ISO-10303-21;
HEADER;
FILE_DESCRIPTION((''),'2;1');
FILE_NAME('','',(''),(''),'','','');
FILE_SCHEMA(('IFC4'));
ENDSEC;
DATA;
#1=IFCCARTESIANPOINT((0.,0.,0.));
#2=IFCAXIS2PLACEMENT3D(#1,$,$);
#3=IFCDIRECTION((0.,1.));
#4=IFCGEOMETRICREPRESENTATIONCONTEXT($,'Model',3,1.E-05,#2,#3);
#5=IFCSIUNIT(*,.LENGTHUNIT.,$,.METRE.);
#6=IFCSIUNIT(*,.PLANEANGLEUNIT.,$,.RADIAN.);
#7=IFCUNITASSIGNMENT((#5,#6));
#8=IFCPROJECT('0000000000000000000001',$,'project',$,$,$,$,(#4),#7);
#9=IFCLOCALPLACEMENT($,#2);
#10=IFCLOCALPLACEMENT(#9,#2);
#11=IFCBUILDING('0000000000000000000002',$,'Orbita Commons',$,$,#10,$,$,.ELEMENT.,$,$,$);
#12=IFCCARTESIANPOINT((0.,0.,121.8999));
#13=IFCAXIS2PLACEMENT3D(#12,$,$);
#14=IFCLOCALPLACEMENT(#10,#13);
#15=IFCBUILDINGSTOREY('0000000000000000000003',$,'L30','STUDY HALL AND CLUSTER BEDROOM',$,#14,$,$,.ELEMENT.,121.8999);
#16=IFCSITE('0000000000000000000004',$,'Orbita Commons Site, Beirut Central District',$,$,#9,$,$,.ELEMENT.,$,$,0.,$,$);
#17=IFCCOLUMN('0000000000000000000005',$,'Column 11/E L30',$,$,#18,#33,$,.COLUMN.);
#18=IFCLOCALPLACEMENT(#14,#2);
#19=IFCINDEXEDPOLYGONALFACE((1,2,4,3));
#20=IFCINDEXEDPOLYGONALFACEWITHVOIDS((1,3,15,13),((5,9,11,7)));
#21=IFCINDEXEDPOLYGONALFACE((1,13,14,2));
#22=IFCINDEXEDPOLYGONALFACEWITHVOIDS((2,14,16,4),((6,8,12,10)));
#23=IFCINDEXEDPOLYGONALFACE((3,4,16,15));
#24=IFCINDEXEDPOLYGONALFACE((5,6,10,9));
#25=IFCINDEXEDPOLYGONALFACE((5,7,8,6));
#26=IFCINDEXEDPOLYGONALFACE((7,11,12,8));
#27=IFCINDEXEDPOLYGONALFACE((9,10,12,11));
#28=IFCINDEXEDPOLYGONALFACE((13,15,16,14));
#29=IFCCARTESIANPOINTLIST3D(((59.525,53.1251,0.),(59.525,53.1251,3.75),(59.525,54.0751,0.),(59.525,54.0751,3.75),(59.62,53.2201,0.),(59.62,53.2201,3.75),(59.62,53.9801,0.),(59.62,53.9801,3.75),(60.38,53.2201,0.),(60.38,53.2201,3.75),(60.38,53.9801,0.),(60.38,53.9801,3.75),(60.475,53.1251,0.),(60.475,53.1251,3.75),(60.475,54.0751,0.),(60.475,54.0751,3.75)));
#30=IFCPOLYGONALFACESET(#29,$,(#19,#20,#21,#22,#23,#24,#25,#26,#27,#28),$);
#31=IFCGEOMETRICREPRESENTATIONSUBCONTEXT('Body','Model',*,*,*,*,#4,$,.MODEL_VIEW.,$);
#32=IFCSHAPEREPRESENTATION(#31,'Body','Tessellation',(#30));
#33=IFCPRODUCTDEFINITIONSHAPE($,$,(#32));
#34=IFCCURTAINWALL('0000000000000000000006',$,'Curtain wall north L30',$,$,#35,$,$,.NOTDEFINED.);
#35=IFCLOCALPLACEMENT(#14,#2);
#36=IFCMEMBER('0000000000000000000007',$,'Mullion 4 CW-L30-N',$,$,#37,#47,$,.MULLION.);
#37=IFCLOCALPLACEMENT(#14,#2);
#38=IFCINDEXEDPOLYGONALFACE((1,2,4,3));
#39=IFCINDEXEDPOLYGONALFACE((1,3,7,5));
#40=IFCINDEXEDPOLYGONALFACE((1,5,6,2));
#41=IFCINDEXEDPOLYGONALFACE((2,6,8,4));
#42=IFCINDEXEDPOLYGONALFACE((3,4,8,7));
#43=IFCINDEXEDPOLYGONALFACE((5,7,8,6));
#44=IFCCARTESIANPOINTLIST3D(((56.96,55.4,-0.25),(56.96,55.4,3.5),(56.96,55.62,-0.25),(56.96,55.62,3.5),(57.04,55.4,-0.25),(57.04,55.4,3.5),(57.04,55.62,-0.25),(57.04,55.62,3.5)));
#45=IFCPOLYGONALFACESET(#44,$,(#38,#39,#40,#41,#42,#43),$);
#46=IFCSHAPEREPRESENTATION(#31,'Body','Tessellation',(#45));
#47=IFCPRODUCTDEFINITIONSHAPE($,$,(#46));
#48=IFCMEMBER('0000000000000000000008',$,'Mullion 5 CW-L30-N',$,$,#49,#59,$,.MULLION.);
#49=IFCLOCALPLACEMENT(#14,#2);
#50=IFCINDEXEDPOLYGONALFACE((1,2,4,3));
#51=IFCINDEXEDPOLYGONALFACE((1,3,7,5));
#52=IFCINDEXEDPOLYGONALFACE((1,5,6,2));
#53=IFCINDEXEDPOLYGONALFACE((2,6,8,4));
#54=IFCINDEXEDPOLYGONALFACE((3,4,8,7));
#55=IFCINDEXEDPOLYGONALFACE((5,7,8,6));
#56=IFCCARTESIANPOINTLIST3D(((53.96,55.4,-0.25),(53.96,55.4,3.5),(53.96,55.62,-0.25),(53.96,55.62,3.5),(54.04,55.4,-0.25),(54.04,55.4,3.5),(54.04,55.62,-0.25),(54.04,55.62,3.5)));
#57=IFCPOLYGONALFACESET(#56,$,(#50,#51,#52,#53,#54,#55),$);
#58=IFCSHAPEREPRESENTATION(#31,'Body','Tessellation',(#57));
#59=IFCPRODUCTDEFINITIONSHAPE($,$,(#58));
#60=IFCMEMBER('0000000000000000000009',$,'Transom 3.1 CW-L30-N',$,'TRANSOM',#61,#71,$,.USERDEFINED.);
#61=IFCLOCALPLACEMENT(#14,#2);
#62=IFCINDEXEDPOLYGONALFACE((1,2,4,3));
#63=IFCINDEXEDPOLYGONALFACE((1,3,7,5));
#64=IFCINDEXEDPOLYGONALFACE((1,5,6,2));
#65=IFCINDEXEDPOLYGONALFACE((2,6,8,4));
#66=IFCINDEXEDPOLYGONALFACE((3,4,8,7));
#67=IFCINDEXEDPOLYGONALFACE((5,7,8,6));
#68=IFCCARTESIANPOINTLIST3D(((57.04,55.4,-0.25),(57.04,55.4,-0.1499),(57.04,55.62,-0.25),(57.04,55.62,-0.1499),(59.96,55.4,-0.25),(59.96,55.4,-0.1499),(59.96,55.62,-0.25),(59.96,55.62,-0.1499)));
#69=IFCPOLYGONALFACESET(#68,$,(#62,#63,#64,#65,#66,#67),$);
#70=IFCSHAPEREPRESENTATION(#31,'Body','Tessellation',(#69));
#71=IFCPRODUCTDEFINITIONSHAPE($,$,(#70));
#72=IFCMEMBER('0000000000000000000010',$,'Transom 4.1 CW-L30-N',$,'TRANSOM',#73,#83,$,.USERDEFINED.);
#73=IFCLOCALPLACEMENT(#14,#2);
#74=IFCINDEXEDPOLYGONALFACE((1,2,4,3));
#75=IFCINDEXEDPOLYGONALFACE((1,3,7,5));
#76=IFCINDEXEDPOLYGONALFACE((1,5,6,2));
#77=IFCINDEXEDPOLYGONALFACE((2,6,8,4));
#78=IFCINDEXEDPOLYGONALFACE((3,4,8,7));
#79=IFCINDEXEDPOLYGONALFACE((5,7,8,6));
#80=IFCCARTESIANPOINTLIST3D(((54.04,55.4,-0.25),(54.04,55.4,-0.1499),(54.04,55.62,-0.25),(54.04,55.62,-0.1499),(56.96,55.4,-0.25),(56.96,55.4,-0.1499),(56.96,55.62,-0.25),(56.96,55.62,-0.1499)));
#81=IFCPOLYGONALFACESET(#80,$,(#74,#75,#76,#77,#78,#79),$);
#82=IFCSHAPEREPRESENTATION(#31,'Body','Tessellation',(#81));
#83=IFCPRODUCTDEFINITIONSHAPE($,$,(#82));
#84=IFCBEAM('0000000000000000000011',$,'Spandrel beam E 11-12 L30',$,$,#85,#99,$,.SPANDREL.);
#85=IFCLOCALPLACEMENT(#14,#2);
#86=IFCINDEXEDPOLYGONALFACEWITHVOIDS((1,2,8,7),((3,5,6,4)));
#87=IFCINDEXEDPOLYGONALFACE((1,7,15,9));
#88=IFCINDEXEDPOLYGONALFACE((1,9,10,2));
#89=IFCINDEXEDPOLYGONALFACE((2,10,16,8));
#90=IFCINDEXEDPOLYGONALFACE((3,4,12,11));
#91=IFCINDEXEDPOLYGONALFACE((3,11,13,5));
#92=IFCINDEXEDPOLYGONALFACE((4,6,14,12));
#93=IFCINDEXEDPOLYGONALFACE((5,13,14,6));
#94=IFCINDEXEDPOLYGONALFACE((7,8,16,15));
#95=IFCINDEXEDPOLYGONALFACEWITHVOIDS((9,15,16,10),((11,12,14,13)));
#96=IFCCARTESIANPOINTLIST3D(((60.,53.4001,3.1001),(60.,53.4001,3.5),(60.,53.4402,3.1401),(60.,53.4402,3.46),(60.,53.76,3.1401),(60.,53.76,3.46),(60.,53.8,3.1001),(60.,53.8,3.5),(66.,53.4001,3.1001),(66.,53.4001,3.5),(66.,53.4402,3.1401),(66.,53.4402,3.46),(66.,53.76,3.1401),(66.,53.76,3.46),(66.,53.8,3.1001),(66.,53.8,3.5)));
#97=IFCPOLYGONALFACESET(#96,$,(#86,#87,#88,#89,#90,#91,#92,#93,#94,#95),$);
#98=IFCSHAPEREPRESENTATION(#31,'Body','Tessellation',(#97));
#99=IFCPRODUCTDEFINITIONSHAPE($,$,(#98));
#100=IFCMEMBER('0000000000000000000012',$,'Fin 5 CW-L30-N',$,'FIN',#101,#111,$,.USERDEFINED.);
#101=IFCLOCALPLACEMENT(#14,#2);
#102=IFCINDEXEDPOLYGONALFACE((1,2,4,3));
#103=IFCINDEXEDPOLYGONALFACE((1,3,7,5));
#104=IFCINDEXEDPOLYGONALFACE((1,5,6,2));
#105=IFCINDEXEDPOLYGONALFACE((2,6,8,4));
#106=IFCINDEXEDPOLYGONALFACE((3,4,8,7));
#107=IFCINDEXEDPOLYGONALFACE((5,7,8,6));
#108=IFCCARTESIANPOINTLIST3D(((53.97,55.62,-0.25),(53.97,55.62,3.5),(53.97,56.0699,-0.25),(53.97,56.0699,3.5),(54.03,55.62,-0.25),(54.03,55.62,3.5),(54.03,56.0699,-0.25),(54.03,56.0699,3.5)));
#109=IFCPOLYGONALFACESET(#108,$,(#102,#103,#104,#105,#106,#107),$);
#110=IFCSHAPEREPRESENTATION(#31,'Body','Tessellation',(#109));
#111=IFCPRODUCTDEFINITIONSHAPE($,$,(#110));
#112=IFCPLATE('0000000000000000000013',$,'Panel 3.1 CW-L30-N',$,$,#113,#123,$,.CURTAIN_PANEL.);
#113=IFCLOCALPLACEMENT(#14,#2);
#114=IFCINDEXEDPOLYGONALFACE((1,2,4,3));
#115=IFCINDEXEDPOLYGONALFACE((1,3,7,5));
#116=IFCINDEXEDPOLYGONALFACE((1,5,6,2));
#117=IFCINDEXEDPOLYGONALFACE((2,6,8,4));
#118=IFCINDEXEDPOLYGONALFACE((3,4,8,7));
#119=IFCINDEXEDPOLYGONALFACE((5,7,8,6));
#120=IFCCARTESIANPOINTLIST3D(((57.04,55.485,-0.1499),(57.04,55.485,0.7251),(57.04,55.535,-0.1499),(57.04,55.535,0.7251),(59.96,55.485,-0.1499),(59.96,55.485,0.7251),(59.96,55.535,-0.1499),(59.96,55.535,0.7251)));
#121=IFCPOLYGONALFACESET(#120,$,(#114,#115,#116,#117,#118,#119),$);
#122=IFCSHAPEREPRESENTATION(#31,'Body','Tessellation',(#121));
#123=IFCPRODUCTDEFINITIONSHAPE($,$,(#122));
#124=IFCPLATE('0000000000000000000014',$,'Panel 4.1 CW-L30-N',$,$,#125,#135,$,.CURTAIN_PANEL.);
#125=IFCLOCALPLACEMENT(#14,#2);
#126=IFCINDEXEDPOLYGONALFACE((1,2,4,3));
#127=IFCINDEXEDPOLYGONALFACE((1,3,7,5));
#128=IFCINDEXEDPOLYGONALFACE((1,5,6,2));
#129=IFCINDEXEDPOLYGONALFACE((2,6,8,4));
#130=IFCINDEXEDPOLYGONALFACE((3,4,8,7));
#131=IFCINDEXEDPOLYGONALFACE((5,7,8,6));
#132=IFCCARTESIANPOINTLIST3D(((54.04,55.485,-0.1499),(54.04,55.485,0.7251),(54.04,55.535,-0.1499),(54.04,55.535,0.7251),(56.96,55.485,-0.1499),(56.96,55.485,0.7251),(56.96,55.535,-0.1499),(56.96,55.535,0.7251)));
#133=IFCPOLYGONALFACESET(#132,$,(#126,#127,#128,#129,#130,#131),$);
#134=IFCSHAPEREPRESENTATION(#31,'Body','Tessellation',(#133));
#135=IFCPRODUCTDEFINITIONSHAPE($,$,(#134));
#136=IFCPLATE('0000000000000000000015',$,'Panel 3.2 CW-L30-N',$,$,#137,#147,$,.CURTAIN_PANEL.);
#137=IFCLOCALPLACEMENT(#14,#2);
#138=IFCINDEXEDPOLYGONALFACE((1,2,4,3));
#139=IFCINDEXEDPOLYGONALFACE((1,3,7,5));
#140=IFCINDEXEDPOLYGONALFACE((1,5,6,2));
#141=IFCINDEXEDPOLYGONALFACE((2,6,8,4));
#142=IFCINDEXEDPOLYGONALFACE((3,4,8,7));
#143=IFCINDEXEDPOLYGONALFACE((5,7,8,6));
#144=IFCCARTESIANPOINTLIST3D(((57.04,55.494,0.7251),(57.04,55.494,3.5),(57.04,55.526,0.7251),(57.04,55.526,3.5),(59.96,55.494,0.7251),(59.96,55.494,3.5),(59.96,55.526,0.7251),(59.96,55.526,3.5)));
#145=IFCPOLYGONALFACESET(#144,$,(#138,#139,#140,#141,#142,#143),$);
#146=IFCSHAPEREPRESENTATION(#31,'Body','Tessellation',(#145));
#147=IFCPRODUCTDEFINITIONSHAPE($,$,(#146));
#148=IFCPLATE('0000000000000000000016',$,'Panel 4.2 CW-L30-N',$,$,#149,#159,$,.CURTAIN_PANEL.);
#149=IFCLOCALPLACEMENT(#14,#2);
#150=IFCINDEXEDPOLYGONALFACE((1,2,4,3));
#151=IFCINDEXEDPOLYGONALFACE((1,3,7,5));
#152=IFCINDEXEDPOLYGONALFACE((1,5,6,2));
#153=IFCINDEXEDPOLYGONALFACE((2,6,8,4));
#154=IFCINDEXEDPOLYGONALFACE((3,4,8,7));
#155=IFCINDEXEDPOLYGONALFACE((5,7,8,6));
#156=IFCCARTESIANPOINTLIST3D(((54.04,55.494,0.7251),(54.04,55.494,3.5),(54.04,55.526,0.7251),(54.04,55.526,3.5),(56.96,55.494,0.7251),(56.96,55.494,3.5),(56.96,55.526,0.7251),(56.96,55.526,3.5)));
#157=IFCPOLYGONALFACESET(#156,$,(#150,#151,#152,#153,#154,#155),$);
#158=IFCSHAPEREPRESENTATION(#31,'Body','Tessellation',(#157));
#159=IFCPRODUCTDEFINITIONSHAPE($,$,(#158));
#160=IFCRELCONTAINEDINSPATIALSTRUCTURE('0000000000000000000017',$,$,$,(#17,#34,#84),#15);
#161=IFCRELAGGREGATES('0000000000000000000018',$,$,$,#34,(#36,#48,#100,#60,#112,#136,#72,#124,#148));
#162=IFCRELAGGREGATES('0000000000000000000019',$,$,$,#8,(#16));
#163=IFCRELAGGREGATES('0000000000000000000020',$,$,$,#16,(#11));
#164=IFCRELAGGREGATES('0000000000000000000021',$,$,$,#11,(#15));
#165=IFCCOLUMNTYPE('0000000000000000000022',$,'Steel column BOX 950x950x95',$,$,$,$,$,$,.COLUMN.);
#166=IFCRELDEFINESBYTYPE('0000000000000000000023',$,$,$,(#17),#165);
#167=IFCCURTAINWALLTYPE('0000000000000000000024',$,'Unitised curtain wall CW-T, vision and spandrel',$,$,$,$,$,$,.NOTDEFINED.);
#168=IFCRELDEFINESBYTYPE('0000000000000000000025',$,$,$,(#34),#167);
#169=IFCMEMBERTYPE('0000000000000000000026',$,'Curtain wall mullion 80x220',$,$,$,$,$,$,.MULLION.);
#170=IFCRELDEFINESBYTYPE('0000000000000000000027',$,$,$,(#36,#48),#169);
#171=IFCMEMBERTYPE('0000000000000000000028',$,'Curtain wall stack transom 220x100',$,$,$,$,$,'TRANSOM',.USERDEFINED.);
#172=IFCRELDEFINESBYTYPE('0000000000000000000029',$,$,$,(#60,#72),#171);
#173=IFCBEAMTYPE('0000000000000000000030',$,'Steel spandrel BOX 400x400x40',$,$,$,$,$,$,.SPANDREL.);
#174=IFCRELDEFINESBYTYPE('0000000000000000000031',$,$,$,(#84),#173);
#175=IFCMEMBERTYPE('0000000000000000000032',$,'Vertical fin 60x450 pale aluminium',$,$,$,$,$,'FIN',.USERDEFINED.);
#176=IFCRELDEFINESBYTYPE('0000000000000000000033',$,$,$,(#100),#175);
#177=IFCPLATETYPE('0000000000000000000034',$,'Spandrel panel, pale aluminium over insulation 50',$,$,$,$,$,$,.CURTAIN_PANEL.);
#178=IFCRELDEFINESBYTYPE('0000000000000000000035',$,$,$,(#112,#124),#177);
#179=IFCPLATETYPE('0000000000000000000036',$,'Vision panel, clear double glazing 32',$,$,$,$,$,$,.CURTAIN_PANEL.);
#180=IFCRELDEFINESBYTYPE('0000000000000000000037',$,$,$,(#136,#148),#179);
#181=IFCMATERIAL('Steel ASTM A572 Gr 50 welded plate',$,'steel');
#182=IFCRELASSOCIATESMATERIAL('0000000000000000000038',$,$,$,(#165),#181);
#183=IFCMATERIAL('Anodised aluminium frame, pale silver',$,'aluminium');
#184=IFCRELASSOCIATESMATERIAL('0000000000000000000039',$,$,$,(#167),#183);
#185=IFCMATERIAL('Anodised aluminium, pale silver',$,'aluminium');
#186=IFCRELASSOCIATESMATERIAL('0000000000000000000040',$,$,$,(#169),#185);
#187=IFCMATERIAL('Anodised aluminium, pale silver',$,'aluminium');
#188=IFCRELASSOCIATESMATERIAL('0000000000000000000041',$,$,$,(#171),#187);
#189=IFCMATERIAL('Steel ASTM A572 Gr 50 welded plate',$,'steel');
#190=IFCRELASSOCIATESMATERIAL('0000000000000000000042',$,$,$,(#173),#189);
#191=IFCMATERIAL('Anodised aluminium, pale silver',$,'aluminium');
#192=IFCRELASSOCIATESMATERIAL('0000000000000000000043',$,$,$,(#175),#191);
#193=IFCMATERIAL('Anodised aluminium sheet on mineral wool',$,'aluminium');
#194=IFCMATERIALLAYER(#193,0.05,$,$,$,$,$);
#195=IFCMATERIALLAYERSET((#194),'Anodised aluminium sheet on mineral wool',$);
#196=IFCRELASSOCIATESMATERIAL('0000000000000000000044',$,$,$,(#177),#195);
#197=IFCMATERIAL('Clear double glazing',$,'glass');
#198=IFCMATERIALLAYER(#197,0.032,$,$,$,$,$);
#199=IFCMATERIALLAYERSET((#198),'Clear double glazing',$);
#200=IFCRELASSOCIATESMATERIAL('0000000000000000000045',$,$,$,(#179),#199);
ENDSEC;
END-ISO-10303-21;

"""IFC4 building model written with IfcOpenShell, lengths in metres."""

from ifc_helpers import new_model, si_unit, direction, frame, origin, origin_2d, place, context, subcontext, project, spatial, rectangle, hollow_rectangle, extrude, material, layer, layer_set, material_profile, profile_set, type_object, element, aggregate, save


model = new_model("IFC4")

# Units and contexts
model_context = context("Model", 3, precision=1e-05, world=origin(), true_north=direction((0.0, 1.0)))
body_context = subcontext(model_context, "Body", "Model", "MODEL_VIEW")
ifc_project = project(units=[si_unit("LENGTHUNIT", "METRE"), si_unit("PLANEANGLEUNIT", "RADIAN")], contexts=[model_context])

# Site, building, storey
site_placement = place(None, origin())
site = spatial("IfcSite", under=ifc_project, at=site_placement, Name="Orbita Commons Site, Beirut Central District", CompositionType="ELEMENT", RefElevation=0.0)
building_placement = place(site_placement, origin())
building = spatial("IfcBuilding", under=site, at=building_placement, Name="Orbita Commons", CompositionType="ELEMENT")
storey_placement = place(building_placement, frame((0.0, 0.0, 121.8999)))
storey = spatial("IfcBuildingStorey", under=building, at=storey_placement, Name="L30", Description="STUDY HALL AND CLUSTER BEDROOM", CompositionType="ELEMENT", Elevation=121.8999)

# Column
ifc_material_1 = material(Name="Steel ASTM A572 Gr 50 welded plate", Category="steel")
ifc_material_profile_1 = material_profile(ifc_material_1, hollow_rectangle(XDim=0.95, YDim=0.95, WallThickness=0.095, at=origin_2d()), Name="BOX 950x950x95")
ifc_profile_set_1 = profile_set([ifc_material_profile_1], Name="Steel ASTM A572 Gr 50 welded plate")
column_type = type_object("IfcColumnType", Name="Steel column BOX 950x950x95", PredefinedType="COLUMN", material=ifc_profile_set_1)
column_placement = place(storey_placement, frame((60.0, 53.6001, 0.0), z_axis=(0.0, 0.0, 1.0), x_axis=(1.0, 0.0, 0.0)))
element("IfcColumn", 1, at=column_placement, inside=storey, type_object=column_type, Name="Column 11/E L30", PredefinedType="COLUMN", context=body_context, shape_type="SweptSolid", body=[
    extrude(hollow_rectangle(XDim=0.95, YDim=0.95, WallThickness=0.095, at=origin_2d()), origin(), (0.0, 0.0, 1.0), 3.75),
])

# Curtain wall, members
ifc_material_2 = material(Name="Anodised aluminium frame, pale silver", Category="aluminium")
curtain_wall_type = type_object("IfcCurtainWallType", Name="Unitised curtain wall CW-T, vision and spandrel", PredefinedType="NOTDEFINED", material=ifc_material_2)
curtain_wall_placement = place(storey_placement, origin())
curtain_wall = element("IfcCurtainWall", 2, at=curtain_wall_placement, inside=storey, type_object=curtain_wall_type, Name="Curtain wall north L30", PredefinedType="NOTDEFINED")
ifc_material_3 = material(Name="Anodised aluminium, pale silver", Category="aluminium")
ifc_material_profile_2 = material_profile(ifc_material_3, rectangle(XDim=0.0801, YDim=0.22, at=origin_2d()), Name="AL 80x220")
ifc_profile_set_2 = profile_set([ifc_material_profile_2], Name="Anodised aluminium, pale silver")
member_type_1 = type_object("IfcMemberType", Name="Curtain wall mullion 80x220", PredefinedType="MULLION", material=ifc_profile_set_2)
member_1_placement = place(storey_placement, frame((57.0, 55.51, -0.25), z_axis=(0.0, 0.0, 1.0), x_axis=(-1.0, 0.0, 0.0)))
member_1 = element("IfcMember", 3, at=member_1_placement, type_object=member_type_1, Name="Mullion 4 CW-L30-N", PredefinedType="MULLION", context=body_context, shape_type="SweptSolid", body=[
    extrude(rectangle(XDim=0.0801, YDim=0.22, at=origin_2d()), origin(), (0.0, 0.0, 1.0), 3.75),
])
member_2_placement = place(storey_placement, frame((54.0, 55.51, -0.25), z_axis=(0.0, 0.0, 1.0), x_axis=(-1.0, 0.0, 0.0)))
member_2 = element("IfcMember", 4, at=member_2_placement, type_object=member_type_1, Name="Mullion 5 CW-L30-N", PredefinedType="MULLION", context=body_context, shape_type="SweptSolid", body=[
    extrude(rectangle(XDim=0.0801, YDim=0.22, at=origin_2d()), origin(), (0.0, 0.0, 1.0), 3.75),
])
ifc_material_4 = material(Name="Anodised aluminium, pale silver", Category="aluminium")
ifc_material_profile_3 = material_profile(ifc_material_4, rectangle(XDim=0.22, YDim=0.1001, at=origin_2d()), Name="AL 220x100")
ifc_profile_set_3 = profile_set([ifc_material_profile_3], Name="Anodised aluminium, pale silver")
member_type_2 = type_object("IfcMemberType", Name="Curtain wall stack transom 220x100", ElementType="TRANSOM", PredefinedType="USERDEFINED", material=ifc_profile_set_3)
member_3_placement = place(storey_placement, frame((59.96, 55.51, -0.2), z_axis=(-1.0, 0.0, 0.0), x_axis=(0.0, -1.0, 0.0)))
member_3 = element("IfcMember", 5, at=member_3_placement, type_object=member_type_2, Name="Transom 3.1 CW-L30-N", ObjectType="TRANSOM", PredefinedType="USERDEFINED", context=body_context, shape_type="SweptSolid", body=[
    extrude(rectangle(XDim=0.22, YDim=0.1001, at=origin_2d()), origin(), (0.0, 0.0, 1.0), 2.9199),
])
member_4_placement = place(storey_placement, frame((56.96, 55.51, -0.2), z_axis=(-1.0, 0.0, 0.0), x_axis=(0.0, -1.0, 0.0)))
member_4 = element("IfcMember", 6, at=member_4_placement, type_object=member_type_2, Name="Transom 4.1 CW-L30-N", ObjectType="TRANSOM", PredefinedType="USERDEFINED", context=body_context, shape_type="SweptSolid", body=[
    extrude(rectangle(XDim=0.22, YDim=0.1001, at=origin_2d()), origin(), (0.0, 0.0, 1.0), 2.9199),
])

# Beam
ifc_material_5 = material(Name="Steel ASTM A572 Gr 50 welded plate", Category="steel")
ifc_material_profile_4 = material_profile(ifc_material_5, hollow_rectangle(XDim=0.3999, YDim=0.3999, WallThickness=0.04, at=origin_2d()), Name="BOX 400x400x40")
ifc_profile_set_4 = profile_set([ifc_material_profile_4], Name="Steel ASTM A572 Gr 50 welded plate")
beam_type = type_object("IfcBeamType", Name="Steel spandrel BOX 400x400x40", PredefinedType="SPANDREL", material=ifc_profile_set_4)
beam_placement = place(storey_placement, frame((60.0, 53.6001, 3.3), z_axis=(1.0, 0.0, 0.0), x_axis=(0.0, 1.0, 0.0)))
element("IfcBeam", 7, at=beam_placement, inside=storey, type_object=beam_type, Name="Spandrel beam E 11-12 L30", PredefinedType="SPANDREL", context=body_context, shape_type="SweptSolid", body=[
    extrude(hollow_rectangle(XDim=0.3999, YDim=0.3999, WallThickness=0.04, at=origin_2d()), origin(), (0.0, 0.0, 1.0), 6.0),
])

# Member
ifc_material_6 = material(Name="Anodised aluminium, pale silver", Category="aluminium")
ifc_material_profile_5 = material_profile(ifc_material_6, rectangle(XDim=0.0601, YDim=0.45, at=origin_2d()), Name="FIN 60x450")
ifc_profile_set_5 = profile_set([ifc_material_profile_5], Name="Anodised aluminium, pale silver")
member_type_3 = type_object("IfcMemberType", Name="Vertical fin 60x450 pale aluminium", ElementType="FIN", PredefinedType="USERDEFINED", material=ifc_profile_set_5)
member_5_placement = place(storey_placement, frame((54.0, 55.845, -0.25), z_axis=(0.0, 0.0, 1.0), x_axis=(-1.0, 0.0, 0.0)))
member_5 = element("IfcMember", 8, at=member_5_placement, type_object=member_type_3, Name="Fin 5 CW-L30-N", ObjectType="FIN", PredefinedType="USERDEFINED", context=body_context, shape_type="SweptSolid", body=[
    extrude(rectangle(XDim=0.0601, YDim=0.45, at=origin_2d()), origin(), (0.0, 0.0, 1.0), 3.75),
])

# Plates
ifc_material_7 = material(Name="Anodised aluminium sheet on mineral wool", Category="aluminium")
ifc_layer_1 = layer(ifc_material_7, 0.05)
ifc_layer_set_1 = layer_set([ifc_layer_1], Name="Anodised aluminium sheet on mineral wool")
plate_type_1 = type_object("IfcPlateType", Name="Spandrel panel, pale aluminium over insulation 50", PredefinedType="CURTAIN_PANEL", material=ifc_layer_set_1)
plate_1_placement = place(storey_placement, frame((58.5, 55.51, -0.1499), z_axis=(0.0, 0.0, 1.0), x_axis=(-1.0, 0.0, 0.0)))
plate_1 = element("IfcPlate", 9, at=plate_1_placement, type_object=plate_type_1, Name="Panel 3.1 CW-L30-N", PredefinedType="CURTAIN_PANEL", context=body_context, shape_type="SweptSolid", body=[
    extrude(rectangle(XDim=2.9199, YDim=0.05, at=origin_2d()), origin(), (0.0, 0.0, 1.0), 0.875),
])
plate_2_placement = place(storey_placement, frame((55.5, 55.51, -0.1499), z_axis=(0.0, 0.0, 1.0), x_axis=(-1.0, 0.0, 0.0)))
plate_2 = element("IfcPlate", 10, at=plate_2_placement, type_object=plate_type_1, Name="Panel 4.1 CW-L30-N", PredefinedType="CURTAIN_PANEL", context=body_context, shape_type="SweptSolid", body=[
    extrude(rectangle(XDim=2.9199, YDim=0.05, at=origin_2d()), origin(), (0.0, 0.0, 1.0), 0.875),
])
ifc_material_8 = material(Name="Clear double glazing", Category="glass")
ifc_layer_2 = layer(ifc_material_8, 0.032)
ifc_layer_set_2 = layer_set([ifc_layer_2], Name="Clear double glazing")
plate_type_2 = type_object("IfcPlateType", Name="Vision panel, clear double glazing 32", PredefinedType="CURTAIN_PANEL", material=ifc_layer_set_2)
plate_3_placement = place(storey_placement, frame((58.5, 55.51, 0.7251), z_axis=(0.0, 0.0, 1.0), x_axis=(-1.0, 0.0, 0.0)))
plate_3 = element("IfcPlate", 11, at=plate_3_placement, type_object=plate_type_2, Name="Panel 3.2 CW-L30-N", PredefinedType="CURTAIN_PANEL", context=body_context, shape_type="SweptSolid", body=[
    extrude(rectangle(XDim=2.9199, YDim=0.032, at=origin_2d()), origin(), (0.0, 0.0, 1.0), 2.7749),
])
plate_4_placement = place(storey_placement, frame((55.5, 55.51, 0.7251), z_axis=(0.0, 0.0, 1.0), x_axis=(-1.0, 0.0, 0.0)))
plate_4 = element("IfcPlate", 12, at=plate_4_placement, type_object=plate_type_2, Name="Panel 4.2 CW-L30-N", PredefinedType="CURTAIN_PANEL", context=body_context, shape_type="SweptSolid", body=[
    extrude(rectangle(XDim=2.9199, YDim=0.032, at=origin_2d()), origin(), (0.0, 0.0, 1.0), 2.7749),
])
aggregate(curtain_wall, [member_1, member_2, member_5, member_3, plate_1, plate_3, member_4, plate_2, plate_4])

save(model, "model.ifc")
